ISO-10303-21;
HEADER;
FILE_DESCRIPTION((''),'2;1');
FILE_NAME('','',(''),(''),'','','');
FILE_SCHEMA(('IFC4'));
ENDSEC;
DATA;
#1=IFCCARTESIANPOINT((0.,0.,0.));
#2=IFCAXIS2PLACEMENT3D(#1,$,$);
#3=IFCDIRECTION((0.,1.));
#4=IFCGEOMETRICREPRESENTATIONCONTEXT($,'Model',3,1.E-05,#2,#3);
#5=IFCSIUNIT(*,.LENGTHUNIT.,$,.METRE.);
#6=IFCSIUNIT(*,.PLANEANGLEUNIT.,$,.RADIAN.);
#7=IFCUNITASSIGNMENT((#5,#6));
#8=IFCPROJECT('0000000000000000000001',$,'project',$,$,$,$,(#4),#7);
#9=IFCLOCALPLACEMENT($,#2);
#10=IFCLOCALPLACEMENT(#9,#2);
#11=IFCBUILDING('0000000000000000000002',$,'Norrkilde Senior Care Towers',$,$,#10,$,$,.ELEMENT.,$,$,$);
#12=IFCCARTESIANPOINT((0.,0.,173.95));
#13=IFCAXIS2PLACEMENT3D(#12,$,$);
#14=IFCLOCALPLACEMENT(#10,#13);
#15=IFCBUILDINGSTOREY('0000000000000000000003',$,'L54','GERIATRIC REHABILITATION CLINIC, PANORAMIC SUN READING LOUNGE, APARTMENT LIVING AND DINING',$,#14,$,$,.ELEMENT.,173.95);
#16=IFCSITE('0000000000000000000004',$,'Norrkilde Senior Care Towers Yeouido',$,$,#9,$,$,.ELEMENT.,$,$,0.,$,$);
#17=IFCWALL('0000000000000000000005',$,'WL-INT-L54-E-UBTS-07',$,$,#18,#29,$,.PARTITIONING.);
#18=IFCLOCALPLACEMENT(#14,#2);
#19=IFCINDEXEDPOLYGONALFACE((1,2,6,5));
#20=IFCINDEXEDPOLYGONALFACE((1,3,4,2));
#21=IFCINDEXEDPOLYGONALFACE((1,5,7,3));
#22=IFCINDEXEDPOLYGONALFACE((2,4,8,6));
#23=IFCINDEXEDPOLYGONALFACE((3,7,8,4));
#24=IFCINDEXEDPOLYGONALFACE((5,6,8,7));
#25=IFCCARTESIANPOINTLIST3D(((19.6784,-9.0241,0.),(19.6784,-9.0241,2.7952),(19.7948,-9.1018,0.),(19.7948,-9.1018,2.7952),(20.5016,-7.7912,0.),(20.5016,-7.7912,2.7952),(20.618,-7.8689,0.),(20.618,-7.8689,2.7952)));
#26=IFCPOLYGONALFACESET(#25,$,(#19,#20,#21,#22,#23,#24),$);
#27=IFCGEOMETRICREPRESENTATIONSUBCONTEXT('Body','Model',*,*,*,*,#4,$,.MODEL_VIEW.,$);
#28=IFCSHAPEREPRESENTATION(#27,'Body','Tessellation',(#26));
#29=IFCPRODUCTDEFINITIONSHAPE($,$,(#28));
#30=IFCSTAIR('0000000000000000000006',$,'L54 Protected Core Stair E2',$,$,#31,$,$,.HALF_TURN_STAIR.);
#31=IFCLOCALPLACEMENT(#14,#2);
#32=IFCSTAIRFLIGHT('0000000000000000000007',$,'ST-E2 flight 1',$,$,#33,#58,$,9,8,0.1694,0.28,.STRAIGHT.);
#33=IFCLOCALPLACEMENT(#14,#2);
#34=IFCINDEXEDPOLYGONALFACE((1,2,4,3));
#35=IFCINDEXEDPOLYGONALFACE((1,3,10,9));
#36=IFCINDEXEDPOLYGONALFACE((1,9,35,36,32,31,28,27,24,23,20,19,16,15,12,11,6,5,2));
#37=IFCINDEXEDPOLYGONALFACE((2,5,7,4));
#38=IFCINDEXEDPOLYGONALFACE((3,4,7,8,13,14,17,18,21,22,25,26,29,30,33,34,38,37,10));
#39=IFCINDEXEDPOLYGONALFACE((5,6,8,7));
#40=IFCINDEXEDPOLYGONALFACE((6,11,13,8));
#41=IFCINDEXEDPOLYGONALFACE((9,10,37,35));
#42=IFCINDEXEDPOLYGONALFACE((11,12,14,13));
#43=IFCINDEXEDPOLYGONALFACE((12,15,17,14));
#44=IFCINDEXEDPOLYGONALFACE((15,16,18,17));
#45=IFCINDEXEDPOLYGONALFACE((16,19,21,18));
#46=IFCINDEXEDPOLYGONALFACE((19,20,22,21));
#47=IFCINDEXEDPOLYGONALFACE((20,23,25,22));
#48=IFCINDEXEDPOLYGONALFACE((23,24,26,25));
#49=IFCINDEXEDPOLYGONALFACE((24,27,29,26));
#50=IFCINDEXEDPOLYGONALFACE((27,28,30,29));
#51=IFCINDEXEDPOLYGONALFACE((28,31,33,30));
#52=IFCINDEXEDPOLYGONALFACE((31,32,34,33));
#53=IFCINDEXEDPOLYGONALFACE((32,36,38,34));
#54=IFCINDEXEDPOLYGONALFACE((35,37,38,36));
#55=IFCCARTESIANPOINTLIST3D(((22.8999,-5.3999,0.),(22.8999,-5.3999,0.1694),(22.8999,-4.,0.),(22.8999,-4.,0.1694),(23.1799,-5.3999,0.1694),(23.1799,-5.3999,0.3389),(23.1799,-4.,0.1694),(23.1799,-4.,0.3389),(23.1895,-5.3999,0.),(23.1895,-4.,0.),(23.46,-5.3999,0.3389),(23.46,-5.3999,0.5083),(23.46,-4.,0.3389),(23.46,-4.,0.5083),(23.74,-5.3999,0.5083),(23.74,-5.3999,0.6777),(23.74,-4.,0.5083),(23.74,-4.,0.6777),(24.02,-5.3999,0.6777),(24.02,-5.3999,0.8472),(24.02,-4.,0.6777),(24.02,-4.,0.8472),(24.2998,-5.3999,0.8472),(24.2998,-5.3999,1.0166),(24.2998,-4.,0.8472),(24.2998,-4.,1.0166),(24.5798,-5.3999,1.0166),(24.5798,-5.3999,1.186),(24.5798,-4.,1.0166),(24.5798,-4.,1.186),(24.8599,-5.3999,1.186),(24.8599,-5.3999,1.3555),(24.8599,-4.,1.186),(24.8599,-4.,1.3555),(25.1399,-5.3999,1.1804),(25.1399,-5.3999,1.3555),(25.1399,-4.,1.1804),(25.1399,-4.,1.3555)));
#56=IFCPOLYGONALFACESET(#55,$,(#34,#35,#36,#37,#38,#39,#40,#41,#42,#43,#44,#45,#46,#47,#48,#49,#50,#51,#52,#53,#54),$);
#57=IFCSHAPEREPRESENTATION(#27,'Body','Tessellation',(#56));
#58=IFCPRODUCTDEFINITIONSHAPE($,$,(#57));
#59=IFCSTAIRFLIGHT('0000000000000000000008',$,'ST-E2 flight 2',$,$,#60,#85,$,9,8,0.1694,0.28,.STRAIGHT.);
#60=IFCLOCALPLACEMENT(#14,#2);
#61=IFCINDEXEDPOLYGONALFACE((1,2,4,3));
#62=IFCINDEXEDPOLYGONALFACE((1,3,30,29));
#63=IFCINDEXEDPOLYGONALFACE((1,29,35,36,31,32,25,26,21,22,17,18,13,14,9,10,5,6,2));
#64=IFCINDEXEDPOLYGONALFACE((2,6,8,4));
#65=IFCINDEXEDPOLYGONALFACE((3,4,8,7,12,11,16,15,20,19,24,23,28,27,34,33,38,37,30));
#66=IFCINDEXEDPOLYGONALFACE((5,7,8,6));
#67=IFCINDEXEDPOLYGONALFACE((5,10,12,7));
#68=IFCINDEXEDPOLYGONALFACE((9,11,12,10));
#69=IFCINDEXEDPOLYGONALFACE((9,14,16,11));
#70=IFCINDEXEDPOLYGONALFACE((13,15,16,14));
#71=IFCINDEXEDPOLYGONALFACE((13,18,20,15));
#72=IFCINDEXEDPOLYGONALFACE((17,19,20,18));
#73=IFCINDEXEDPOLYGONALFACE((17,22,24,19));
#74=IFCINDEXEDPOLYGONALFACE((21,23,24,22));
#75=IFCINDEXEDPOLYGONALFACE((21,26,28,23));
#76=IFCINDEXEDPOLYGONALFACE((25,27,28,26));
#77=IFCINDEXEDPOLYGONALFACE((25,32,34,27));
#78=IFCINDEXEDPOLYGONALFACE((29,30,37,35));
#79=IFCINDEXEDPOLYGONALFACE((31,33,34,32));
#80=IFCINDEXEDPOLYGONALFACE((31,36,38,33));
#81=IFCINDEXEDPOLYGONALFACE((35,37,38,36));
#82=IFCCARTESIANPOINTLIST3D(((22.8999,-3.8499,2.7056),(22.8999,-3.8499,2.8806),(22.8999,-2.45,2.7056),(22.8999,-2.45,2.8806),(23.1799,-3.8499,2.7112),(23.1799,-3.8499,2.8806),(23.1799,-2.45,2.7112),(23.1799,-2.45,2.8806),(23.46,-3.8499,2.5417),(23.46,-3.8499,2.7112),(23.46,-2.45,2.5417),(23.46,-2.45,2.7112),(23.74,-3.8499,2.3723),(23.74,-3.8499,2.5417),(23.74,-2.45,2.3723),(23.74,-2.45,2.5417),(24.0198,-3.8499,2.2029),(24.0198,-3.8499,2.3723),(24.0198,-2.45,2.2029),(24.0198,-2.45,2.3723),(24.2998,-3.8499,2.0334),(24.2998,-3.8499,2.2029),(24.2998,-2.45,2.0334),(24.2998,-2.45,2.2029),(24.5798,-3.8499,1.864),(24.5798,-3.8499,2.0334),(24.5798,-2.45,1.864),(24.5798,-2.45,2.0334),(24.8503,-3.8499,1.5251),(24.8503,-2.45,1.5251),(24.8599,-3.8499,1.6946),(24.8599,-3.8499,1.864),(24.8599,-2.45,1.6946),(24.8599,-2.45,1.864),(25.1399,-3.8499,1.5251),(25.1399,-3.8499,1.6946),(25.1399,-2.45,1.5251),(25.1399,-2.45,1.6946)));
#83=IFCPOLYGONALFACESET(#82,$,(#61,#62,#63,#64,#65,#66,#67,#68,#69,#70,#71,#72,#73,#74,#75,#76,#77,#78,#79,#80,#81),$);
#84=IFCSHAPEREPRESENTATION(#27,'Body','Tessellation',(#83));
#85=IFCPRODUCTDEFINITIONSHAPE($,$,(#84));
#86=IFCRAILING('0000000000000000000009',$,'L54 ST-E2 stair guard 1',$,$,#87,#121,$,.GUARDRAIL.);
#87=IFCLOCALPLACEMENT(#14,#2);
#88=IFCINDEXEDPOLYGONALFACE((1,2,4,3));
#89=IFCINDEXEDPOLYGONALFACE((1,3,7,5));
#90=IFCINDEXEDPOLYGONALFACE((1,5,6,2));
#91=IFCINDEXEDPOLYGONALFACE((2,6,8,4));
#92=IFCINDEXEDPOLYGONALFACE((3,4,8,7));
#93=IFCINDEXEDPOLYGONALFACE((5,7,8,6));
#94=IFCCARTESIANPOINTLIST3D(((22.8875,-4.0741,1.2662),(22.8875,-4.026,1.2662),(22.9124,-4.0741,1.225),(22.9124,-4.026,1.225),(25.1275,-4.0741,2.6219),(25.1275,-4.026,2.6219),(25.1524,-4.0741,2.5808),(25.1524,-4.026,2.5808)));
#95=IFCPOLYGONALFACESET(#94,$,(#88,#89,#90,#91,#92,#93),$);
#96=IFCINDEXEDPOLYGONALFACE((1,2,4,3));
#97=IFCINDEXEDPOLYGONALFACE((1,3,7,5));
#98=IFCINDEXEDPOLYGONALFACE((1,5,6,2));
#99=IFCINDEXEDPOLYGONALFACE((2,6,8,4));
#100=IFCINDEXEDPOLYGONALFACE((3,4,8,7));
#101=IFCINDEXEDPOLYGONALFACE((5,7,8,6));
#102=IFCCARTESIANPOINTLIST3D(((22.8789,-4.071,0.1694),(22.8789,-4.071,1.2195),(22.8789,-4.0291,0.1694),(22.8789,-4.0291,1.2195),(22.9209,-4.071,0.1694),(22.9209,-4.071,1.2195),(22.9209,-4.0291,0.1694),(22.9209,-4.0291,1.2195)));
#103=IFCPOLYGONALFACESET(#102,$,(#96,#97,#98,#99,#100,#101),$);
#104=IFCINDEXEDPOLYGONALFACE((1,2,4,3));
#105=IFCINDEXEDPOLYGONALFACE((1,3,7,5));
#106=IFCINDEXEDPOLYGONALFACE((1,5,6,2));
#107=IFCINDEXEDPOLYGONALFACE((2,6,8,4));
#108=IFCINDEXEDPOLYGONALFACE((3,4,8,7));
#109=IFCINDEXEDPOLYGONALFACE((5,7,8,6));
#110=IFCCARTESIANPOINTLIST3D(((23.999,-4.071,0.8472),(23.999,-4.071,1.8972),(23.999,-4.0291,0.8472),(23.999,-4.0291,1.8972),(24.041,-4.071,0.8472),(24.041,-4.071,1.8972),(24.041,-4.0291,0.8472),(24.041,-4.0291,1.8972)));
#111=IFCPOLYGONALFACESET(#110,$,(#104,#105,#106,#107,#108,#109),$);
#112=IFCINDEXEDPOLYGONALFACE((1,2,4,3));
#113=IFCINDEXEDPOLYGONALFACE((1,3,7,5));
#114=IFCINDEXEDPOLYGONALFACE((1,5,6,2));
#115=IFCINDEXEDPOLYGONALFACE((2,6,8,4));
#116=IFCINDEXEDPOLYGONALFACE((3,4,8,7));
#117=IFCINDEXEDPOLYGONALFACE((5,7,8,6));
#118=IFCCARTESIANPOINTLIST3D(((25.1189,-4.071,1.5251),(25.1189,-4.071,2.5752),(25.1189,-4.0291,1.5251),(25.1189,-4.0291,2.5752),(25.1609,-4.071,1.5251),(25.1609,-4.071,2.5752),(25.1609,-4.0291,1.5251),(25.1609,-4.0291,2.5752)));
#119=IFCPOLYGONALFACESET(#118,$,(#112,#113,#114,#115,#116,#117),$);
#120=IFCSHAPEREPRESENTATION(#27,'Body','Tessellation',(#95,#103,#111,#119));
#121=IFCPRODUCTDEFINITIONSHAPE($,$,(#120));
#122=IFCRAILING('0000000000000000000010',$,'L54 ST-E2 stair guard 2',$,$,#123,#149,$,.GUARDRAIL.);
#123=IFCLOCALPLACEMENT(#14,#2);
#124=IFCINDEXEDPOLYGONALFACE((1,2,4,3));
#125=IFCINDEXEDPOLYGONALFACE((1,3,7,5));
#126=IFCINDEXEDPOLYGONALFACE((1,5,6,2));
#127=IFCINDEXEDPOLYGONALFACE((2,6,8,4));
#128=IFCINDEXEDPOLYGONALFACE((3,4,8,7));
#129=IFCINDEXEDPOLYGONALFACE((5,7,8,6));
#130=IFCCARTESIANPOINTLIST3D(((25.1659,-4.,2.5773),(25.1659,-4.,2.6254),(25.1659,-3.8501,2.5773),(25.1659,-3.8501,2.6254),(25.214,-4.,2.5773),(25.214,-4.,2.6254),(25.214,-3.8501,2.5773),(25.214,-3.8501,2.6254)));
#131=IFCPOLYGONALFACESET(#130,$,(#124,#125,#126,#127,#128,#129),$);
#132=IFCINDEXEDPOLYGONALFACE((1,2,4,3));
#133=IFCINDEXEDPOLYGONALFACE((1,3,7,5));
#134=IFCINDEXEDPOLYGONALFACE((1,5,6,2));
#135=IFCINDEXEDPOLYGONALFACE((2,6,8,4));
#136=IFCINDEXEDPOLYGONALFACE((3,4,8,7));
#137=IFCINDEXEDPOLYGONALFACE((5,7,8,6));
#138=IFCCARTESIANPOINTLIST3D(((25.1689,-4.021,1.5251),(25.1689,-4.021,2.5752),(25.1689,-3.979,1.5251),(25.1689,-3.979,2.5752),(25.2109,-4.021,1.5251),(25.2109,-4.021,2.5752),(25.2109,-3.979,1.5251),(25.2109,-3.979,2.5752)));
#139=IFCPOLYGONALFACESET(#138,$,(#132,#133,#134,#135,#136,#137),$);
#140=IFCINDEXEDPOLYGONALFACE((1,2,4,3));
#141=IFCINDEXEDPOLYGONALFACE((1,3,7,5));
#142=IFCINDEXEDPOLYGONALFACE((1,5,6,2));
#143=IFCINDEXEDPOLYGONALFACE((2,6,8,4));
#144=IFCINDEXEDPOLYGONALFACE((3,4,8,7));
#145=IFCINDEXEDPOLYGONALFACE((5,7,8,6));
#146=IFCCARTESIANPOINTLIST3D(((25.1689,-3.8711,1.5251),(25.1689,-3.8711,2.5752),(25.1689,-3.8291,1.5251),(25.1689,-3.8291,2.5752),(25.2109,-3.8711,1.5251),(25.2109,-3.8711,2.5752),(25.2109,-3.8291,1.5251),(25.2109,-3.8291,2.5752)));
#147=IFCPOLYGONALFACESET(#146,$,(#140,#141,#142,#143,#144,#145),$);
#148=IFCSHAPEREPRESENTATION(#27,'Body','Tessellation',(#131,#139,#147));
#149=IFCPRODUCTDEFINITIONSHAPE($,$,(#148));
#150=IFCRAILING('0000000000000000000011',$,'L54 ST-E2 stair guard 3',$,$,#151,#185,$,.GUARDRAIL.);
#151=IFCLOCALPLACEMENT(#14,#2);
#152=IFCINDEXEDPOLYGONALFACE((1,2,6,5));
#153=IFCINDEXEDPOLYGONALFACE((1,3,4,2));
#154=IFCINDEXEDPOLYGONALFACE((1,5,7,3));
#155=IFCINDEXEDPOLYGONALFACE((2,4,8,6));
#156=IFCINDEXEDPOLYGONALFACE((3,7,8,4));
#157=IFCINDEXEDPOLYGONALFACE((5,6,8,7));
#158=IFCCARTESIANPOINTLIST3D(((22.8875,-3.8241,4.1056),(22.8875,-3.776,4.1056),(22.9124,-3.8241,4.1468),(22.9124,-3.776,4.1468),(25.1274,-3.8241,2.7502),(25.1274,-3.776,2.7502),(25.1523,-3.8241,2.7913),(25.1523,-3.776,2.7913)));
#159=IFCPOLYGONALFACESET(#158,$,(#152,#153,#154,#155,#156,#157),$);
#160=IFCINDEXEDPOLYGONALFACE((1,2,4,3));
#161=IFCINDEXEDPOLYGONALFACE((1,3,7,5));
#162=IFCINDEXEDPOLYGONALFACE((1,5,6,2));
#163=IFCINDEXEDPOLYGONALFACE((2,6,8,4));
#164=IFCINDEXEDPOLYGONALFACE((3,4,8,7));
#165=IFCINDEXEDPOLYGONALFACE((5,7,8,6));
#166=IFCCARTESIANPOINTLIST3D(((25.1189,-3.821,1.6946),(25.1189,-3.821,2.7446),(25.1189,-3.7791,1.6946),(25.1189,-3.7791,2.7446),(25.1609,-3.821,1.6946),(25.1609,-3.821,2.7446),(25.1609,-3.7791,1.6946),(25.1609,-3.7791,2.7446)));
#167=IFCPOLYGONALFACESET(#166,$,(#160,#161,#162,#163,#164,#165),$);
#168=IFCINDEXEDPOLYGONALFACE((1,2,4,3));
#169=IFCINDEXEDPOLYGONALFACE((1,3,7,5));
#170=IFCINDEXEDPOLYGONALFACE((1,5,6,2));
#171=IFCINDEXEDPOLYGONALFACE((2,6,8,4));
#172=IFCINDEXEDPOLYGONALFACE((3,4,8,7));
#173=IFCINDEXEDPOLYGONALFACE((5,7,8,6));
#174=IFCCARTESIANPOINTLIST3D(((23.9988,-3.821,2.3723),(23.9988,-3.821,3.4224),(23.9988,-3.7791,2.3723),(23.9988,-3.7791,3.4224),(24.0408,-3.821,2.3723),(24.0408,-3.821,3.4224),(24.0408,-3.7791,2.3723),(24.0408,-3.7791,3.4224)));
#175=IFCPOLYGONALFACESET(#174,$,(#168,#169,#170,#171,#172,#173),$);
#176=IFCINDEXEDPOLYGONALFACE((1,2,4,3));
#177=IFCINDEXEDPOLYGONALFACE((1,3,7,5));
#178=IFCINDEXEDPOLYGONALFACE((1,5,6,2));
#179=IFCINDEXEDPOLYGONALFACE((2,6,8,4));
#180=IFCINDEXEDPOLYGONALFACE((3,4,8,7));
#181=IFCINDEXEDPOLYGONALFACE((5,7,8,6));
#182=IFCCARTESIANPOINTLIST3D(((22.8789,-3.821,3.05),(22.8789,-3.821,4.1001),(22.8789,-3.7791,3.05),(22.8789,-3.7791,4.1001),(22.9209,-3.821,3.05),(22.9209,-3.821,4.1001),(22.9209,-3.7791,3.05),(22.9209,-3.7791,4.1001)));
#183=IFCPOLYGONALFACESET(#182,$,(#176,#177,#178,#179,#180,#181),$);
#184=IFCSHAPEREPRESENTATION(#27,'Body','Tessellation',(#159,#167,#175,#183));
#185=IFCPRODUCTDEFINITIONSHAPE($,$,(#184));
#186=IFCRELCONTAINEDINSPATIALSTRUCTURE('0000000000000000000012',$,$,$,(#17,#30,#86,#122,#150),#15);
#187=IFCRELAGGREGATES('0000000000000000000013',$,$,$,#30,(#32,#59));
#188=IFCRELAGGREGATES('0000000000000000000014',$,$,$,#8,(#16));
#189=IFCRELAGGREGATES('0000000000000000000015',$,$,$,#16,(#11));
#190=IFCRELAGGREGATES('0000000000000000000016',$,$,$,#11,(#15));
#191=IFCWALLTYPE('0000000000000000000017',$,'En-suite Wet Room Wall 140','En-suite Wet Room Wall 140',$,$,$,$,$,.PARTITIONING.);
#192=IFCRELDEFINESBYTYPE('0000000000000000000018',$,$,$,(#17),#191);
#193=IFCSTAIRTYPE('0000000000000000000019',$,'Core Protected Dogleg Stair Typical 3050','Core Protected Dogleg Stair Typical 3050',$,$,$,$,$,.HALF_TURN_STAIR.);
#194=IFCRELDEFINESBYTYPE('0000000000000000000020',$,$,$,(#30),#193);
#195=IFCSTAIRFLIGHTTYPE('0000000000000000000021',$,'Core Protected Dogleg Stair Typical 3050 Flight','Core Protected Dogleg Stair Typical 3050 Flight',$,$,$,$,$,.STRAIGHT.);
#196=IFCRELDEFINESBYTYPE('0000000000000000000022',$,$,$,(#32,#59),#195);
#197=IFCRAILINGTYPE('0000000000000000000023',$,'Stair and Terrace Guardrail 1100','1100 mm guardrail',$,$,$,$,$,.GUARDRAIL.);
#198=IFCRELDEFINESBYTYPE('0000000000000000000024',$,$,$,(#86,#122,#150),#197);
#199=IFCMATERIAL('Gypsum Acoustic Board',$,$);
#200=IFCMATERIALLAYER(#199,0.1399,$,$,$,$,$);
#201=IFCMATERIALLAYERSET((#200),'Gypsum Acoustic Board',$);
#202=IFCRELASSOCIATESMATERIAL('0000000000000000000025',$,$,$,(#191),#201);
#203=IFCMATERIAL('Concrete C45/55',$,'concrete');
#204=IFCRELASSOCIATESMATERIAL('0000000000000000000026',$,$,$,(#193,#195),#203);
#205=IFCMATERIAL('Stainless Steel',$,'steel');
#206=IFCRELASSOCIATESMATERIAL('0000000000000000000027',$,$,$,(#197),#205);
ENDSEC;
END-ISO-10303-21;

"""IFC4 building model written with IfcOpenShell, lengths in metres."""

from ifc_helpers import new_model, si_unit, direction, frame, frame_2d, origin, origin_2d, place, context, subcontext, project, spatial, polyline, rectangle, outline, extrude, source, transform, mapped, material, layer, layer_set, type_object, type_shapes, element, aggregate, save


model = new_model("IFC4")

# Units and contexts
model_context = context("Model", 3, precision=1e-05, world=origin(), true_north=direction((0.0, 1.0)))
body_context = subcontext(model_context, "Body", "Model", "MODEL_VIEW")
ifc_project = project(units=[si_unit("LENGTHUNIT", "METRE"), si_unit("PLANEANGLEUNIT", "RADIAN")], contexts=[model_context])

# Site, building, storey
site_placement = place(None, origin())
site = spatial("IfcSite", under=ifc_project, at=site_placement, Name="Norrkilde Senior Care Towers Yeouido", CompositionType="ELEMENT", RefElevation=0.0)
building_placement = place(site_placement, origin())
building = spatial("IfcBuilding", under=site, at=building_placement, Name="Norrkilde Senior Care Towers", CompositionType="ELEMENT")
storey_placement = place(building_placement, frame((0.0, 0.0, 173.95)))
storey = spatial("IfcBuildingStorey", under=building, at=storey_placement, Name="L54", Description="GERIATRIC REHABILITATION CLINIC, PANORAMIC SUN READING LOUNGE, APARTMENT LIVING AND DINING", CompositionType="ELEMENT", Elevation=173.95)

# Shared definitions
ifc_material_1 = material(Name="Concrete C45/55", Category="concrete")

# Shared definitions
ifc_material_2 = material(Name="Gypsum Acoustic Board")

# Wall
ifc_layer_1 = layer(ifc_material_2, 0.1399)
ifc_layer_set_1 = layer_set([ifc_layer_1], Name="Gypsum Acoustic Board")
wall_type_1 = type_object("IfcWallType", Name="En-suite Wet Room Wall 140", Description="En-suite Wet Room Wall 140", PredefinedType="PARTITIONING", material=ifc_layer_set_1)
shared_shape_1 = source(origin(), body_context, "Body", "SweptSolid", [
    extrude(rectangle(XDim=1.4824, YDim=0.1399, at=frame_2d((0.7412, 0.0))), origin(), (0.0, 0.0, 1.0), 2.7952),
])
type_shapes(wall_type_1, [shared_shape_1])
wall_1_placement = place(storey_placement, frame((20.5598, -7.8301, 0.0), z_axis=(0.0, 0.0, 1.0), x_axis=(-0.555308, -0.831645, 0.0)))
element("IfcWall", 1, at=wall_1_placement, inside=storey, type_object=wall_type_1, Name="WL-INT-L54-E-UBTS-07", PredefinedType="PARTITIONING", context=body_context, shape_type="MappedRepresentation", body=[
    mapped(shared_shape_1, transform((0.0, 0.0, 0.0), x_axis=(1.0, 0.0, 0.0), y_axis=(0.0, 1.0, 0.0), z_axis=(0.0, 0.0, 1.0), scale=1.0)),
])

# Stair, stair flights
stair_type = type_object("IfcStairType", Name="Core Protected Dogleg Stair Typical 3050", Description="Core Protected Dogleg Stair Typical 3050", PredefinedType="HALF_TURN_STAIR", material=ifc_material_1)
stair_placement = place(storey_placement, origin())
stair = element("IfcStair", 2, at=stair_placement, inside=storey, type_object=stair_type, Name="L54 Protected Core Stair E2", PredefinedType="HALF_TURN_STAIR")
stair_flight_type = type_object("IfcStairFlightType", Name="Core Protected Dogleg Stair Typical 3050 Flight", Description="Core Protected Dogleg Stair Typical 3050 Flight", PredefinedType="STRAIGHT", material=ifc_material_1)
stair_flight_1_placement = place(storey_placement, frame((22.8999, -4.7, 0.0), z_axis=(0.0, 0.0, 1.0), x_axis=(1.0, 0.0, 0.0)))
stair_flight_1 = element("IfcStairFlight", 3, at=stair_flight_1_placement, type_object=stair_flight_type, Name="ST-E2 flight 1", NumberOfRisers=9, NumberOfTreads=8, PredefinedType="STRAIGHT", RiserHeight=0.1694, TreadLength=0.28, context=body_context, shape_type="SweptSolid", body=[
    extrude(outline(polyline([(0.0, 0.0), (0.0, 0.1694), (0.28, 0.1694), (0.28, 0.3389), (0.5601, 0.3389), (0.5601, 0.5083), (0.8401, 0.5083), (0.8401, 0.6777), (1.1201, 0.6777), (1.1201, 0.8472), (1.3999, 0.8472), (1.3999, 1.0166), (1.6799, 1.0166), (1.6799, 1.186), (1.96, 1.186), (1.96, 1.3555), (2.24, 1.3555), (2.24, 1.5249), (2.24, 1.1804), (0.2896, 0.0), (0.0, 0.0)])), frame((0.0, 0.7, 0.0), z_axis=(0.0, -1.0, 0.0), x_axis=(1.0, 0.0, 0.0)), (0.0, 0.0, 1.0), 1.3999),
])
stair_flight_2_placement = place(storey_placement, frame((25.1399, -3.1499, 1.5251), z_axis=(0.0, 0.0, 1.0), x_axis=(-1.0, 0.0, 0.0)))
stair_flight_2 = element("IfcStairFlight", 4, at=stair_flight_2_placement, type_object=stair_flight_type, Name="ST-E2 flight 2", NumberOfRisers=9, NumberOfTreads=8, PredefinedType="STRAIGHT", RiserHeight=0.1694, TreadLength=0.28, context=body_context, shape_type="SweptSolid", body=[
    extrude(outline(polyline([(0.0, 0.0), (0.0, 0.1694), (0.28, 0.1694), (0.28, 0.3389), (0.5601, 0.3389), (0.5601, 0.5083), (0.8401, 0.5083), (0.8401, 0.6777), (1.1201, 0.6777), (1.1201, 0.8472), (1.3999, 0.8472), (1.3999, 1.0166), (1.6799, 1.0166), (1.6799, 1.186), (1.96, 1.186), (1.96, 1.3555), (2.24, 1.3555), (2.24, 1.5249), (2.24, 1.1804), (0.2896, 0.0), (0.0, 0.0)])), frame((0.0, 0.7, 0.0), z_axis=(0.0, -1.0, 0.0), x_axis=(1.0, 0.0, 0.0)), (0.0, 0.0, 1.0), 1.3999),
])
aggregate(stair, [stair_flight_1, stair_flight_2])

# Railings
ifc_material_3 = material(Name="Stainless Steel", Category="steel")
railing_type_1 = type_object("IfcRailingType", Name="Stair and Terrace Guardrail 1100", Description="1100 mm guardrail", PredefinedType="GUARDRAIL", material=ifc_material_3)
railing_1_placement = place(storey_placement, frame((22.8999, -4.05, 0.1694)))
element("IfcRailing", 5, at=railing_1_placement, inside=storey, type_object=railing_type_1, Name="L54 ST-E2 stair guard 1", PredefinedType="GUARDRAIL", context=body_context, shape_type="SweptSolid", body=[
    extrude(rectangle(XDim=0.0481, YDim=0.0481, at=origin_2d()), frame((0.0, 0.0, 1.0762), z_axis=(0.855512, 0.0, 0.517783), x_axis=(0.0, 1.0, 0.0)), (0.0, 0.0, 1.0), 2.6184),
    extrude(rectangle(XDim=0.042, YDim=0.042, at=origin_2d()), origin(), (0.0, 0.0, 1.0), 1.05),
    extrude(rectangle(XDim=0.042, YDim=0.042, at=origin_2d()), frame((1.1201, 0.0, 0.6777)), (0.0, 0.0, 1.0), 1.05),
    extrude(rectangle(XDim=0.042, YDim=0.042, at=origin_2d()), frame((2.24, 0.0, 1.3557)), (0.0, 0.0, 1.0), 1.05),
])
railing_2_placement = place(storey_placement, frame((25.1899, -4.0, 1.5251)))
element("IfcRailing", 6, at=railing_2_placement, inside=storey, type_object=railing_type_1, Name="L54 ST-E2 stair guard 2", PredefinedType="GUARDRAIL", context=body_context, shape_type="SweptSolid", body=[
    extrude(rectangle(XDim=0.0481, YDim=0.0481, at=origin_2d()), frame((0.0, 0.0, 1.0762), z_axis=(0.0, 1.0, 0.0), x_axis=(-1.0, 0.0, 0.0)), (0.0, 0.0, 1.0), 0.1499),
    extrude(rectangle(XDim=0.042, YDim=0.042, at=origin_2d()), origin(), (0.0, 0.0, 1.0), 1.05),
    extrude(rectangle(XDim=0.042, YDim=0.042, at=origin_2d()), frame((0.0, 0.1499, 0.0)), (0.0, 0.0, 1.0), 1.05),
])
railing_3_placement = place(storey_placement, frame((25.1399, -3.8, 1.6946)))
element("IfcRailing", 7, at=railing_3_placement, inside=storey, type_object=railing_type_1, Name="L54 ST-E2 stair guard 3", PredefinedType="GUARDRAIL", context=body_context, shape_type="SweptSolid", body=[
    extrude(rectangle(XDim=0.0481, YDim=0.0481, at=origin_2d()), frame((0.0, 0.0, 1.0762), z_axis=(-0.855553, 0.0, 0.517715), x_axis=(0.0, -1.0, 0.0)), (0.0, 0.0, 1.0), 2.6182),
    extrude(rectangle(XDim=0.042, YDim=0.042, at=origin_2d()), origin(), (0.0, 0.0, 1.0), 1.05),
    extrude(rectangle(XDim=0.042, YDim=0.042, at=origin_2d()), frame((-1.1201, 0.0, 0.6777)), (0.0, 0.0, 1.0), 1.05),
    extrude(rectangle(XDim=0.042, YDim=0.042, at=origin_2d()), frame((-2.24, 0.0, 1.3555)), (0.0, 0.0, 1.0), 1.05),
])

save(model, "model.ifc")
